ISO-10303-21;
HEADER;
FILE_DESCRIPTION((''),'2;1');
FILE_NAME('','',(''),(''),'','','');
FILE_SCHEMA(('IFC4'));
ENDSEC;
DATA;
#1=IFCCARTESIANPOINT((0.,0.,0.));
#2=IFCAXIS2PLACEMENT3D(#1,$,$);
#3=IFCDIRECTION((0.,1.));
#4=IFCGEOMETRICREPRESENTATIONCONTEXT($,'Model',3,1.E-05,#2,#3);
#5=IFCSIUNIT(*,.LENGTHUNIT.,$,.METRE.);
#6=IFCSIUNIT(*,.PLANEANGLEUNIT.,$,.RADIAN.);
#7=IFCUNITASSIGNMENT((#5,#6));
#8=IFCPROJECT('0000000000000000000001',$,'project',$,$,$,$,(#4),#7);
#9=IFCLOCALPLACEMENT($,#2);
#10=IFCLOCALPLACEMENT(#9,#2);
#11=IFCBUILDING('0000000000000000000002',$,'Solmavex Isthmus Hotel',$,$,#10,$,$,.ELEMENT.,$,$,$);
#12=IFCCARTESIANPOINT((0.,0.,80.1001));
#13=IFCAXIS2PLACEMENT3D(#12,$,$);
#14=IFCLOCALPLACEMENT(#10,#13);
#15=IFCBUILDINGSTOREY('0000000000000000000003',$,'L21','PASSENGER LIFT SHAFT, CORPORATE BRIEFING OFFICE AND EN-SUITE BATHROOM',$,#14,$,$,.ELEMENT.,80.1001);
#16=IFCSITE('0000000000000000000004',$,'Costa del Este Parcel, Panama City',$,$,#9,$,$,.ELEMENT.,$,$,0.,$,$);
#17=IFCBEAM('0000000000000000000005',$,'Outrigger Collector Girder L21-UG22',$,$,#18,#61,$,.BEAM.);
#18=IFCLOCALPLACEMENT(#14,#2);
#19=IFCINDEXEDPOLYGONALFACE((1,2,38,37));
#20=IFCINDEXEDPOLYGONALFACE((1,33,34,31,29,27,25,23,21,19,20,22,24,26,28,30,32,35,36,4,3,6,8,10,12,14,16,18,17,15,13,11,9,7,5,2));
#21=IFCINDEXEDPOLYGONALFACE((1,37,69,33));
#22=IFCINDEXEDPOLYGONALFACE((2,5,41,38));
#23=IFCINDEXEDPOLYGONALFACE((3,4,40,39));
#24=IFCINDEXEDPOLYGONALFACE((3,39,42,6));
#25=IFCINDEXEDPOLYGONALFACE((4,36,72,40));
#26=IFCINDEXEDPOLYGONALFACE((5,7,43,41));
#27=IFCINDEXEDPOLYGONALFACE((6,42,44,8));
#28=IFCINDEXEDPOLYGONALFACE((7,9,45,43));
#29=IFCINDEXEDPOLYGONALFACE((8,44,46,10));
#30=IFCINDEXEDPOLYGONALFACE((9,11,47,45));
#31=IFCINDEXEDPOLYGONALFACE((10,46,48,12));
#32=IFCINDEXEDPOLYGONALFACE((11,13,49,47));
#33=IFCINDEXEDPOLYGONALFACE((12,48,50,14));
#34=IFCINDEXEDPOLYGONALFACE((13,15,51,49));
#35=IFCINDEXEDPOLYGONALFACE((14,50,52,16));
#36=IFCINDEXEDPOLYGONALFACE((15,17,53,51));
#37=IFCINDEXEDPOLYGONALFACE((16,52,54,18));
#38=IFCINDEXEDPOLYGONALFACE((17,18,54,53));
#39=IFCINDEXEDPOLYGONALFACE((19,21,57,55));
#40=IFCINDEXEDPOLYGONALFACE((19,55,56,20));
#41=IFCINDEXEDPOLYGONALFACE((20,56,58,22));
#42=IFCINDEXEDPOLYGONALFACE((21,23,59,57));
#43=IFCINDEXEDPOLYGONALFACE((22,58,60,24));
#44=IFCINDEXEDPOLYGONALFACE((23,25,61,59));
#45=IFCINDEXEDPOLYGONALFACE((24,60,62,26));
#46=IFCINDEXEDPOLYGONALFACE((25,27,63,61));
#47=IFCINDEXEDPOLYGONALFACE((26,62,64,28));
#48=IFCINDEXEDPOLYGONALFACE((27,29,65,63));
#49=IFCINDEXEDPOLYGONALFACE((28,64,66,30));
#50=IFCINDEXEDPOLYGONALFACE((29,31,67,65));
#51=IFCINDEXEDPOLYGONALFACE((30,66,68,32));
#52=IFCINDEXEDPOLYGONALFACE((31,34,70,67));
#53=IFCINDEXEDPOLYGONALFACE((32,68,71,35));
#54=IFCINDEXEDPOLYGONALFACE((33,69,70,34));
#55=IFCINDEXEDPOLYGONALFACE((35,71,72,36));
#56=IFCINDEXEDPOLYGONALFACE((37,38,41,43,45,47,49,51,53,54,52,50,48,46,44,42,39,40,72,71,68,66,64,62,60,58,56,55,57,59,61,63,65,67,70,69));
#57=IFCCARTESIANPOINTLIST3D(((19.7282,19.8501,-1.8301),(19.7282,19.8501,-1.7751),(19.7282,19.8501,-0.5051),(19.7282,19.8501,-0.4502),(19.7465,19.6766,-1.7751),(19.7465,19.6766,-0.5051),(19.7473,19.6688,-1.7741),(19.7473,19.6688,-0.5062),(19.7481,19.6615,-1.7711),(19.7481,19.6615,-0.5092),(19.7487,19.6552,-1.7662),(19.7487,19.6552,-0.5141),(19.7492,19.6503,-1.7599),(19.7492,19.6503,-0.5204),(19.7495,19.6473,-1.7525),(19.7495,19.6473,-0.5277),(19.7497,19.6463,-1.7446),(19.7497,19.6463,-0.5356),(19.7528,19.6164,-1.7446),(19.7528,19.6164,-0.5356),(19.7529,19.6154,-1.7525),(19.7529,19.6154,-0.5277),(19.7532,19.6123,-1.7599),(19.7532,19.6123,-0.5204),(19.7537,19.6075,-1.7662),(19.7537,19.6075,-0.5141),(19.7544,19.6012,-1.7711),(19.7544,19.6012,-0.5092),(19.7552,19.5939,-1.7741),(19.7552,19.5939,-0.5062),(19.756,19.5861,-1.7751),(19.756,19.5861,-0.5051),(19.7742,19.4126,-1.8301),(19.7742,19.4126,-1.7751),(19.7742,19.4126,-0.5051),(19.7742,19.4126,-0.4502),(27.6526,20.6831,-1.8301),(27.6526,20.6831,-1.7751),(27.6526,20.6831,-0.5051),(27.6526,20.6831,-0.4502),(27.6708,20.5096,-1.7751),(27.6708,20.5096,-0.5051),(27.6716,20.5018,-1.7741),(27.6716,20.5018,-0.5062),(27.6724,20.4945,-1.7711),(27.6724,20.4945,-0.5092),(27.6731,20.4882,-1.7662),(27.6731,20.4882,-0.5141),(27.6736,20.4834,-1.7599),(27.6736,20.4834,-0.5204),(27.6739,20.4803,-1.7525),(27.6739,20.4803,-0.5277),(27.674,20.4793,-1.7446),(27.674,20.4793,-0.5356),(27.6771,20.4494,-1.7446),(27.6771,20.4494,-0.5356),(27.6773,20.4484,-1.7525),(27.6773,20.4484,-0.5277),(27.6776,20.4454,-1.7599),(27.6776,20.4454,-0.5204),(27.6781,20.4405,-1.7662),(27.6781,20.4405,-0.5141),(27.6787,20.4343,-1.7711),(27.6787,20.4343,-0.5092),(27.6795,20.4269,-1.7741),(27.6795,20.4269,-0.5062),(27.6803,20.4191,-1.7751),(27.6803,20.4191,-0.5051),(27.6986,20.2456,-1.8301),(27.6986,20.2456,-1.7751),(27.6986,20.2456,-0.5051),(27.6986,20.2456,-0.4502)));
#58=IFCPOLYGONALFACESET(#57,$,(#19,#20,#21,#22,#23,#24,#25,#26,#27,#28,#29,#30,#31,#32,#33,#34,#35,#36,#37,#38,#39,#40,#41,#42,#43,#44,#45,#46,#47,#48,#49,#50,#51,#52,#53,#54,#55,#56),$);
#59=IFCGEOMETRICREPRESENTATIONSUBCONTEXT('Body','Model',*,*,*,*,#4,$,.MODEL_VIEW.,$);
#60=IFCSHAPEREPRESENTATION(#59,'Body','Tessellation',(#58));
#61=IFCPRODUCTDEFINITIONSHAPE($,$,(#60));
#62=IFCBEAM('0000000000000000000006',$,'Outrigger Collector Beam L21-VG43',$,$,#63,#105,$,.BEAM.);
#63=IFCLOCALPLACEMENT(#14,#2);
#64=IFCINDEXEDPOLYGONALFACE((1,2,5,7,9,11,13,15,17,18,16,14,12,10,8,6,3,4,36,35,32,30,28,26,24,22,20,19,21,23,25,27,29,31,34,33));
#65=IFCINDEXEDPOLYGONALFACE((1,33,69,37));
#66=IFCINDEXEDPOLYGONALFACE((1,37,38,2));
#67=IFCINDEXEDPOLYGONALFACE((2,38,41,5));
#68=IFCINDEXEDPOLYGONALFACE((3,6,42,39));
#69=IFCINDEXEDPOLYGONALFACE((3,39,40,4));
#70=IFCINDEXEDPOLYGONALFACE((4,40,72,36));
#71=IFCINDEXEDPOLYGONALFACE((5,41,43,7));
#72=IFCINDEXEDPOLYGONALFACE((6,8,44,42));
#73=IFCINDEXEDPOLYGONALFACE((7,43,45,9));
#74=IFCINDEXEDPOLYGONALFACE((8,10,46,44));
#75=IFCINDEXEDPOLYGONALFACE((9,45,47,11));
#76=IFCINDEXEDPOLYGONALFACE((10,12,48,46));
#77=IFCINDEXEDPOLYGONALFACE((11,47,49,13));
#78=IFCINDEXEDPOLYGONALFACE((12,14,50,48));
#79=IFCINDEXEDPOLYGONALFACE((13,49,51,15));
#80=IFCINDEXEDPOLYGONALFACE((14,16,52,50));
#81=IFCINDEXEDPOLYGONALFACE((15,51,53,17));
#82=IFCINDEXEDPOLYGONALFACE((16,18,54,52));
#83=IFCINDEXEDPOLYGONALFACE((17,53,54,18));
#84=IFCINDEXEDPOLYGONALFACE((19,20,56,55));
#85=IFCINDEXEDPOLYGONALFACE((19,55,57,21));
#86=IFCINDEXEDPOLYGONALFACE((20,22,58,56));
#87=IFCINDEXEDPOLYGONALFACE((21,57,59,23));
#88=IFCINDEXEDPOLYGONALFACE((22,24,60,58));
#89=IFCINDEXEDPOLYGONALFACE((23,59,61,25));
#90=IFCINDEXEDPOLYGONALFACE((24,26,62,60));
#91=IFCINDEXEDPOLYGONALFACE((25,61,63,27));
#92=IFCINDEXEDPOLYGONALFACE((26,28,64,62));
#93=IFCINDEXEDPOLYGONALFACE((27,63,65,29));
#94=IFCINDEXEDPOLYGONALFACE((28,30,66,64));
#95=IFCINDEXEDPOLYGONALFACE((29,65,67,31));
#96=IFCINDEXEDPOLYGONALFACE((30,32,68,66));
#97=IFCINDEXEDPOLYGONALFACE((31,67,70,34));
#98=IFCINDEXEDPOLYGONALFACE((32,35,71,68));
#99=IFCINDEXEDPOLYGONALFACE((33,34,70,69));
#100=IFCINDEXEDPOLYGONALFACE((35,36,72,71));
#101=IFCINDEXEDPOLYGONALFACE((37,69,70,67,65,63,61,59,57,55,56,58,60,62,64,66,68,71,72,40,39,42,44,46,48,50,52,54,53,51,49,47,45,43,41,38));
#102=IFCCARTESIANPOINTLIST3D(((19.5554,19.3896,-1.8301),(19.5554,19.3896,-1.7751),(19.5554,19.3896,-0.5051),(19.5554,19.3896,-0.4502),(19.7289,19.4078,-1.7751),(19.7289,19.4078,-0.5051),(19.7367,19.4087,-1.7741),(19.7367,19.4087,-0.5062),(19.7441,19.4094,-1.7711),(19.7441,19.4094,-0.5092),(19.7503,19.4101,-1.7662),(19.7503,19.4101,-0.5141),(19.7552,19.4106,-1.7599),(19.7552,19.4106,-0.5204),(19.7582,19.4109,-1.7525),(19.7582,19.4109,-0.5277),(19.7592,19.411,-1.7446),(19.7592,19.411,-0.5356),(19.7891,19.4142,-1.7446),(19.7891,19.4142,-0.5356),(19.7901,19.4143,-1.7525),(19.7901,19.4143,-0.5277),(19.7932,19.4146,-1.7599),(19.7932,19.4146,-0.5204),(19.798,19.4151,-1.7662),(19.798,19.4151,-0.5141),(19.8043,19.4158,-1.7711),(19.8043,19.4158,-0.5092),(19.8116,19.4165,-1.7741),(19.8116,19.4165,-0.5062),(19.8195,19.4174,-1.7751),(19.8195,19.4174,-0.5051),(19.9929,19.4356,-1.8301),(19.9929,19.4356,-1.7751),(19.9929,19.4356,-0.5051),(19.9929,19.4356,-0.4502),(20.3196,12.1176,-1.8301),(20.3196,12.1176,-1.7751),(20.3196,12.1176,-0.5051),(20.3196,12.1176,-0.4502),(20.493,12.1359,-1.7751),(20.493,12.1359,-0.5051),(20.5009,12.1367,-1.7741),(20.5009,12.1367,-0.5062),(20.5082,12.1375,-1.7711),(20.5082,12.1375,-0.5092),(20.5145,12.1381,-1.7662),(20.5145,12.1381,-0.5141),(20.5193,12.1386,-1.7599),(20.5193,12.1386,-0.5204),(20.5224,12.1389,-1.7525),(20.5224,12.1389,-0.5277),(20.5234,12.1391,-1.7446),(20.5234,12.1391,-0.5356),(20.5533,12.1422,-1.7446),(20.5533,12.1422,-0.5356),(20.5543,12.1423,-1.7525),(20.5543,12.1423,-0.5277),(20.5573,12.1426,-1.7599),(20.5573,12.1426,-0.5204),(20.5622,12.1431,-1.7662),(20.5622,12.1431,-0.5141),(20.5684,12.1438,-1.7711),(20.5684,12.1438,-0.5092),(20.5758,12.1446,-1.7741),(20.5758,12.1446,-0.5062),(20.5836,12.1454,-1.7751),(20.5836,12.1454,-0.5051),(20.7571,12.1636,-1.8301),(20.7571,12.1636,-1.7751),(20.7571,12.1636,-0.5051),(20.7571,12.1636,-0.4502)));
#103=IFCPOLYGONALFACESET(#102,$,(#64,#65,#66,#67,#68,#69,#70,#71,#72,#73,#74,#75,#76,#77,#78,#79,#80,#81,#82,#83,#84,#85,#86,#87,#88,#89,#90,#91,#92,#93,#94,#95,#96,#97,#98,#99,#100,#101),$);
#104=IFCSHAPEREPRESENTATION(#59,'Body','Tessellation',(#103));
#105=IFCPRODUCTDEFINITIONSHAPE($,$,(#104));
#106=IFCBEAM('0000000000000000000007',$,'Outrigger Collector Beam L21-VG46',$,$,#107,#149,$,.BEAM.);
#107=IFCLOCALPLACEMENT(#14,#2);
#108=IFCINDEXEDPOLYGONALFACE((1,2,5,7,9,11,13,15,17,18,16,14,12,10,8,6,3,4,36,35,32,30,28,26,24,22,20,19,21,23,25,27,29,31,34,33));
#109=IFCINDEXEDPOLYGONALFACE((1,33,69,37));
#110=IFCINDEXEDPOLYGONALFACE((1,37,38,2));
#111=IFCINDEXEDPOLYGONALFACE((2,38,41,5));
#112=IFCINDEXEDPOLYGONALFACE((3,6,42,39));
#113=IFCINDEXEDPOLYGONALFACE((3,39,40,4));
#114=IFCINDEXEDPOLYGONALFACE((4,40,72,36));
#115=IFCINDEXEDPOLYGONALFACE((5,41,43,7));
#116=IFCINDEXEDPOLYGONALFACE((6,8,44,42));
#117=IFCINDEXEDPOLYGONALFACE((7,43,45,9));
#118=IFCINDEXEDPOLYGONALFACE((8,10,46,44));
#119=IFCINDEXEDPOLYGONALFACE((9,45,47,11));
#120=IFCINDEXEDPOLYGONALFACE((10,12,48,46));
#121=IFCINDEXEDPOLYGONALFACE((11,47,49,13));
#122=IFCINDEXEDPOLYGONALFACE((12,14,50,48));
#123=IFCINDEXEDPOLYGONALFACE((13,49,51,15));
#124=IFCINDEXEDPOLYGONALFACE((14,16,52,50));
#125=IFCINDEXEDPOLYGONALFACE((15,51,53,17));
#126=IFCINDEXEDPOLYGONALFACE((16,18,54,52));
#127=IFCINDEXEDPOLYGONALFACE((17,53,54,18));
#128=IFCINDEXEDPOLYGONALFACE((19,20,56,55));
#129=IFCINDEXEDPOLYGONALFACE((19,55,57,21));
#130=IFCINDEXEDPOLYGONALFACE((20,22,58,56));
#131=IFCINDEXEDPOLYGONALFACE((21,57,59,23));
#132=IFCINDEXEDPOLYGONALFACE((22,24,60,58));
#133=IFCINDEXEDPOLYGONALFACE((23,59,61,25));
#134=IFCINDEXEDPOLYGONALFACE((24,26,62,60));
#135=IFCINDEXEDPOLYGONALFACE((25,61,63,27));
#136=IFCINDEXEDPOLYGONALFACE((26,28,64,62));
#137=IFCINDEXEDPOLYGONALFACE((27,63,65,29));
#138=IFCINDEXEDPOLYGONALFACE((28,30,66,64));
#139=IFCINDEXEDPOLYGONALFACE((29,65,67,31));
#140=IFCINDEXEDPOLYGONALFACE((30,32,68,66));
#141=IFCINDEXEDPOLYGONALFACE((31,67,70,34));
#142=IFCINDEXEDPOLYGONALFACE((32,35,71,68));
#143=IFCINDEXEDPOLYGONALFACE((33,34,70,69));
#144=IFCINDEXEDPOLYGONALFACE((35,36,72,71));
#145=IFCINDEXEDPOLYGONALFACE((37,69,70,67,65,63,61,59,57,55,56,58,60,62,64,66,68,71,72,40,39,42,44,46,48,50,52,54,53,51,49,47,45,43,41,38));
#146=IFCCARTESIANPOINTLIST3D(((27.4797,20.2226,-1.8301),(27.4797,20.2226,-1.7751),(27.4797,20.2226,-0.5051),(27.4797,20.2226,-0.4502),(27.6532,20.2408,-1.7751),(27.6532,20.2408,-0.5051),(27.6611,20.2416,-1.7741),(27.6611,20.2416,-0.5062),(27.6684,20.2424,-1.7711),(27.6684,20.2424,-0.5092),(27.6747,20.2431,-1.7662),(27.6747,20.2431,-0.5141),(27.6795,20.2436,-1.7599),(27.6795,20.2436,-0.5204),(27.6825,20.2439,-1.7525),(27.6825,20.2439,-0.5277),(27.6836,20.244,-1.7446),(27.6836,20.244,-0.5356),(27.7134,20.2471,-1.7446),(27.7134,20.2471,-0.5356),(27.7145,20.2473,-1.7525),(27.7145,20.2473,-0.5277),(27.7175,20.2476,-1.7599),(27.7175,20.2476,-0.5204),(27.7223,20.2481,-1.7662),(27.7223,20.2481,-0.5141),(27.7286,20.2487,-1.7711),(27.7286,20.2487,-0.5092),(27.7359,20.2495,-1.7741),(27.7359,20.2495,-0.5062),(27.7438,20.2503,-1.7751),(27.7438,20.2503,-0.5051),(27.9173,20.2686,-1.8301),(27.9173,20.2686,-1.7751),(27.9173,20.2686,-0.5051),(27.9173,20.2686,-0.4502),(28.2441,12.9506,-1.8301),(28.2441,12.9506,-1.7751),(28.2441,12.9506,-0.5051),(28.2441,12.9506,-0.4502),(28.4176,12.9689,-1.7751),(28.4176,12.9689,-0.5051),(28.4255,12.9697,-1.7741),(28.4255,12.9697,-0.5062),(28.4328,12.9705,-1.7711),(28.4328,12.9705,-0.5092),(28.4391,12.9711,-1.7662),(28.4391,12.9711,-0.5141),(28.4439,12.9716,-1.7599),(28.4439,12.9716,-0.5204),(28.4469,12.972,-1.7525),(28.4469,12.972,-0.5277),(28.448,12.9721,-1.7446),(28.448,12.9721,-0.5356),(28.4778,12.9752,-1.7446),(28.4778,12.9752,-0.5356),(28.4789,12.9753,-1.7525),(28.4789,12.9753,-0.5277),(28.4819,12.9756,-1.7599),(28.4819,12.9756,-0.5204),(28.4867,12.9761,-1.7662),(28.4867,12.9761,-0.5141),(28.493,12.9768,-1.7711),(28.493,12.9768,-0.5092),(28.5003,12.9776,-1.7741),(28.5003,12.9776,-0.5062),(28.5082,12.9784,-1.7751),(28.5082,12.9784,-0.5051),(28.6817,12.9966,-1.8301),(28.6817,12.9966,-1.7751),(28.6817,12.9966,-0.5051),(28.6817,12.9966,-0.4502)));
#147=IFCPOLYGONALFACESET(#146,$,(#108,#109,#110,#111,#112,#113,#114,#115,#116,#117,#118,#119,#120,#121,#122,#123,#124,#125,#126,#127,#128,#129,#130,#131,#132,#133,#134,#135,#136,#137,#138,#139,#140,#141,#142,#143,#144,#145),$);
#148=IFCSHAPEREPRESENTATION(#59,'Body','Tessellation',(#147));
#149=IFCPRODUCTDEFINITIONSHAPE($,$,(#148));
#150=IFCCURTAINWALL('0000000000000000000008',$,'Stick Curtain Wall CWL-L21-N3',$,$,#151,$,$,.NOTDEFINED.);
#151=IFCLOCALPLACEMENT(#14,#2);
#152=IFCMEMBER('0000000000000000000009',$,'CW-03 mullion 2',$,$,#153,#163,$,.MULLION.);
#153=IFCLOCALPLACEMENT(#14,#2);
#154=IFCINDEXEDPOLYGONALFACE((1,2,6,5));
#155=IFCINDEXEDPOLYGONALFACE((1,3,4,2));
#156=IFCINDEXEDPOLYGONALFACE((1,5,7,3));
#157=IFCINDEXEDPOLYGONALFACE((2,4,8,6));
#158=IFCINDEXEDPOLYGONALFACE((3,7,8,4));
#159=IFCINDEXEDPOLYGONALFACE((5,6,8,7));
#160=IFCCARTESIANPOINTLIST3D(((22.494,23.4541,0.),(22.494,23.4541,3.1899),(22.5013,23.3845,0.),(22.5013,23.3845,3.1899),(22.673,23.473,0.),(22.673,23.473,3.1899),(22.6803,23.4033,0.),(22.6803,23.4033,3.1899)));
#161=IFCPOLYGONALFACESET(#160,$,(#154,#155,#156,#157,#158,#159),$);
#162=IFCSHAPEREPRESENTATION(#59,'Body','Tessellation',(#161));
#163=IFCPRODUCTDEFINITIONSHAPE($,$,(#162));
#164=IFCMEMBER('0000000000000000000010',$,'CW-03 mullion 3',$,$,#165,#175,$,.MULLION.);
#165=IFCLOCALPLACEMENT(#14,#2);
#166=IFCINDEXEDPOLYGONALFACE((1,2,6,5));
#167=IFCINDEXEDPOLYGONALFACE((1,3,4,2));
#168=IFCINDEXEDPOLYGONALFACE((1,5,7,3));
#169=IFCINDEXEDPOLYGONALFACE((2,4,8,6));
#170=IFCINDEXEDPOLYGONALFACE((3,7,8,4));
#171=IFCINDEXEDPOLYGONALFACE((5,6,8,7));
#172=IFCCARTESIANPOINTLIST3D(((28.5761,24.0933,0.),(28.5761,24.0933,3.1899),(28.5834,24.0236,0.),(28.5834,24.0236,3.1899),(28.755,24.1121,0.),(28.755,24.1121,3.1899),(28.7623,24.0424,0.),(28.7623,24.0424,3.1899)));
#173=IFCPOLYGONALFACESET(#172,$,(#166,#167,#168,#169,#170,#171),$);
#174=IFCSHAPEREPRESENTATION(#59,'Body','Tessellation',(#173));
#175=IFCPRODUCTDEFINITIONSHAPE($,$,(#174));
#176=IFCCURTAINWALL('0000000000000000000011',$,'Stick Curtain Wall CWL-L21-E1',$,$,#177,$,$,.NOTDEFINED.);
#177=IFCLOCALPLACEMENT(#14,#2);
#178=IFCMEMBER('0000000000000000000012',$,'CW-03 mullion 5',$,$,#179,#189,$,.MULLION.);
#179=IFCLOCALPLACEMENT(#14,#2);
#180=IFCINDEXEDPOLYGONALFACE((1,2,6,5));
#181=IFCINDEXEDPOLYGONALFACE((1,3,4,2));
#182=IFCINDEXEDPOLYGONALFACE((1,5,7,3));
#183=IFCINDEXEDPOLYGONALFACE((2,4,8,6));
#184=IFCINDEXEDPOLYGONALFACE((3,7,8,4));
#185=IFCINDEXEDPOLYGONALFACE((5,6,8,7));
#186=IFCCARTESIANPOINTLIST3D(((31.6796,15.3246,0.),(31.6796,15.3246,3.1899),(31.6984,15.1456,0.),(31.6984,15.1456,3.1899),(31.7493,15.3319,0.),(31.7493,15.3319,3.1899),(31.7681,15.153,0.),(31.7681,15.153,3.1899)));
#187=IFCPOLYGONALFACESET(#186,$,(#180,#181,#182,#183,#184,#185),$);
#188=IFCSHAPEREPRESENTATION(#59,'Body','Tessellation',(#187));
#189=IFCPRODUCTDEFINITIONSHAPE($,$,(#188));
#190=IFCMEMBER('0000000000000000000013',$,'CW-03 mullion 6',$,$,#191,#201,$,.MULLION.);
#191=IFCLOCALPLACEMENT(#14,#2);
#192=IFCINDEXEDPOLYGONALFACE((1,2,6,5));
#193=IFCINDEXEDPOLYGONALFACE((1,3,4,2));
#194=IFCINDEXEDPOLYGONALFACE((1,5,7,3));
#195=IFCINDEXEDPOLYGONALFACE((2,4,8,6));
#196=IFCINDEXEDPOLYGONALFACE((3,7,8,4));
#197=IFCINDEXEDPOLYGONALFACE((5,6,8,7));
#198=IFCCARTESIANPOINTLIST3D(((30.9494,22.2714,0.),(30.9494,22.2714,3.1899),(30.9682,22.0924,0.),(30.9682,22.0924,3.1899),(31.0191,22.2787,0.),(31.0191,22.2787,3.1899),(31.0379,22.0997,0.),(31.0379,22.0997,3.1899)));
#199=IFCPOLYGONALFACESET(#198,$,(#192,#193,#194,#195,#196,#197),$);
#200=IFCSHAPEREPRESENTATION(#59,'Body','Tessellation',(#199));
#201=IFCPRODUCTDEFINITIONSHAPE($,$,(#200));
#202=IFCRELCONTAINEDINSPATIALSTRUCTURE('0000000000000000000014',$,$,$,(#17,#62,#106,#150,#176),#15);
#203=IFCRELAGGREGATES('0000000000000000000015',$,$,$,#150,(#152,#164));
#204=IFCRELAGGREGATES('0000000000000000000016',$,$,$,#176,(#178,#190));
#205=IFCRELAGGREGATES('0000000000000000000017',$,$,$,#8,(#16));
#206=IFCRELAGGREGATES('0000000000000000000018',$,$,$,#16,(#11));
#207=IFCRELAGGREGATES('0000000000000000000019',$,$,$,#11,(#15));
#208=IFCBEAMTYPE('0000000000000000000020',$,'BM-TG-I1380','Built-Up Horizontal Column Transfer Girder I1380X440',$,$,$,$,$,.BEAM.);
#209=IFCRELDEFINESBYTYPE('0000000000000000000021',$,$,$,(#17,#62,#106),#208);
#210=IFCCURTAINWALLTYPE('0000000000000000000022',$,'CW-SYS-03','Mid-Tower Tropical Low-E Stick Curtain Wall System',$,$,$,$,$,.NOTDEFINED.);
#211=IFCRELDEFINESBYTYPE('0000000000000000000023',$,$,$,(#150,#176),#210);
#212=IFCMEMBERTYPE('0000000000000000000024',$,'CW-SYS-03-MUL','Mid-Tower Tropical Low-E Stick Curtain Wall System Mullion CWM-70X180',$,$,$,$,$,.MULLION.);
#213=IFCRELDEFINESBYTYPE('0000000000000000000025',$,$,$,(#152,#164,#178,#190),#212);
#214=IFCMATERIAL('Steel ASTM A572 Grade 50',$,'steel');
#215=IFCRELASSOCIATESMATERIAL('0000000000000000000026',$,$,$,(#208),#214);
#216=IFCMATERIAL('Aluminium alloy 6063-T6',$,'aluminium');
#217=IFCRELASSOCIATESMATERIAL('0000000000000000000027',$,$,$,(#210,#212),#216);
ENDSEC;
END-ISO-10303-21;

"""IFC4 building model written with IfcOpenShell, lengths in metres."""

from ifc_helpers import new_model, si_unit, direction, frame, origin, origin_2d, place, context, subcontext, project, spatial, rectangle, i_section, extrude, material, material_profile, profile_set, type_object, element, aggregate, save


model = new_model("IFC4")

# Units and contexts
model_context = context("Model", 3, precision=1e-05, world=origin(), true_north=direction((0.0, 1.0)))
body_context = subcontext(model_context, "Body", "Model", "MODEL_VIEW")
ifc_project = project(units=[si_unit("LENGTHUNIT", "METRE"), si_unit("PLANEANGLEUNIT", "RADIAN")], contexts=[model_context])

# Site, building, storey
site_placement = place(None, origin())
site = spatial("IfcSite", under=ifc_project, at=site_placement, Name="Costa del Este Parcel, Panama City", CompositionType="ELEMENT", RefElevation=0.0)
building_placement = place(site_placement, origin())
building = spatial("IfcBuilding", under=site, at=building_placement, Name="Solmavex Isthmus Hotel", CompositionType="ELEMENT")
storey_placement = place(building_placement, frame((0.0, 0.0, 80.1001)))
storey = spatial("IfcBuildingStorey", under=building, at=storey_placement, Name="L21", Description="PASSENGER LIFT SHAFT, CORPORATE BRIEFING OFFICE AND EN-SUITE BATHROOM", CompositionType="ELEMENT", Elevation=80.1001)

# Beams
ifc_material_1 = material(Name="Steel ASTM A572 Grade 50", Category="steel")
ifc_material_profile_1 = material_profile(ifc_material_1, i_section(OverallWidth=0.4399, OverallDepth=1.3799, WebThickness=0.03, FlangeThickness=0.0549, FilletRadius=0.0305, at=origin_2d()), Name="I1380X440")
ifc_profile_set_1 = profile_set([ifc_material_profile_1], Name="Steel ASTM A572 Grade 50")
beam_type_1 = type_object("IfcBeamType", Name="BM-TG-I1380", Description="Built-Up Horizontal Column Transfer Girder I1380X440", PredefinedType="BEAM", material=ifc_profile_set_1)
beam_1_placement = place(storey_placement, frame((19.7512, 19.6313, -1.1401), z_axis=(0.99452, 0.104544, 0.0), x_axis=(-0.104544, 0.99452, 0.0)))
element("IfcBeam", 1, at=beam_1_placement, inside=storey, type_object=beam_type_1, Name="Outrigger Collector Girder L21-UG22", PredefinedType="BEAM", context=body_context, shape_type="SweptSolid", body=[
    extrude(i_section(OverallWidth=0.4399, OverallDepth=1.3799, WebThickness=0.03, FlangeThickness=0.0549, FilletRadius=0.0305, at=origin_2d()), origin(), (0.0, 0.0, 1.0), 7.968),
])
for number, where, z_axis, x_axis, name in (
    (2, (20.5383, 12.1406, -1.1401), (-0.104508, 0.994524, 0.0), (-0.994524, -0.104508, 0.0), "Outrigger Collector Beam L21-VG43"),
    (3, (28.4629, 12.9736, -1.1401), (-0.104541, 0.994521, 0.0), (-0.994521, -0.104541, 0.0), "Outrigger Collector Beam L21-VG46"),
):
    element("IfcBeam", number, at=place(storey_placement, frame(where, z_axis=z_axis, x_axis=x_axis)), inside=storey, type_object=beam_type_1, Name=name, PredefinedType="BEAM", context=body_context, shape_type="SweptSolid", body=[
        extrude(i_section(OverallWidth=0.4399, OverallDepth=1.3799, WebThickness=0.03, FlangeThickness=0.0549, FilletRadius=0.0305, at=origin_2d()), origin(), (0.0, 0.0, 1.0), 7.312),
    ])

# Curtain walls, members
ifc_material_2 = material(Name="Aluminium alloy 6063-T6", Category="aluminium")
curtain_wall_type = type_object("IfcCurtainWallType", Name="CW-SYS-03", Description="Mid-Tower Tropical Low-E Stick Curtain Wall System", PredefinedType="NOTDEFINED", material=ifc_material_2)
curtain_wall_1_placement = place(storey_placement, origin())
curtain_wall_1 = element("IfcCurtainWall", 4, at=curtain_wall_1_placement, inside=storey, type_object=curtain_wall_type, Name="Stick Curtain Wall CWL-L21-N3", PredefinedType="NOTDEFINED")
ifc_material_profile_2 = material_profile(ifc_material_2, rectangle(XDim=0.0701, YDim=0.1799, at=origin_2d()), Name="CWM-70X180")
ifc_profile_set_2 = profile_set([ifc_material_profile_2], Name="Aluminium alloy 6063-T6")
member_type_1 = type_object("IfcMemberType", Name="CW-SYS-03-MUL", Description="Mid-Tower Tropical Low-E Stick Curtain Wall System Mullion CWM-70X180", PredefinedType="MULLION", material=ifc_profile_set_2)
member_1_placement = place(storey_placement, frame((22.5872, 23.4287, 0.0), z_axis=(0.0, 0.0, 1.0), x_axis=(-0.104528, 0.994522, 0.0)))
member_1 = element("IfcMember", 5, at=member_1_placement, type_object=member_type_1, Name="CW-03 mullion 2", PredefinedType="MULLION", context=body_context, shape_type="SweptSolid", body=[
    extrude(rectangle(XDim=0.0701, YDim=0.1799, at=origin_2d()), origin(), (0.0, 0.0, 1.0), 3.1899),
])
member_2_placement = place(storey_placement, frame((28.6692, 24.0679, 0.0), z_axis=(0.0, 0.0, 1.0), x_axis=(-0.104528, 0.994522, 0.0)))
member_2 = element("IfcMember", 6, at=member_2_placement, type_object=member_type_1, Name="CW-03 mullion 3", PredefinedType="MULLION", context=body_context, shape_type="SweptSolid", body=[
    extrude(rectangle(XDim=0.0701, YDim=0.1799, at=origin_2d()), origin(), (0.0, 0.0, 1.0), 3.1899),
])
curtain_wall_2_placement = place(storey_placement, origin())
curtain_wall_2 = element("IfcCurtainWall", 7, at=curtain_wall_2_placement, inside=storey, type_object=curtain_wall_type, Name="Stick Curtain Wall CWL-L21-E1", PredefinedType="NOTDEFINED")
member_3_placement = place(storey_placement, frame((31.7239, 15.2388, 0.0), z_axis=(0.0, 0.0, 1.0), x_axis=(-0.994522, -0.104528, 0.0)))
member_3 = element("IfcMember", 8, at=member_3_placement, type_object=member_type_1, Name="CW-03 mullion 5", PredefinedType="MULLION", context=body_context, shape_type="SweptSolid", body=[
    extrude(rectangle(XDim=0.0701, YDim=0.1799, at=origin_2d()), origin(), (0.0, 0.0, 1.0), 3.1899),
])
member_4_placement = place(storey_placement, frame((30.9937, 22.1855, 0.0), z_axis=(0.0, 0.0, 1.0), x_axis=(-0.994522, -0.104528, 0.0)))
member_4 = element("IfcMember", 9, at=member_4_placement, type_object=member_type_1, Name="CW-03 mullion 6", PredefinedType="MULLION", context=body_context, shape_type="SweptSolid", body=[
    extrude(rectangle(XDim=0.0701, YDim=0.1799, at=origin_2d()), origin(), (0.0, 0.0, 1.0), 3.1899),
])

aggregate(curtain_wall_1, [member_1, member_2])
aggregate(curtain_wall_2, [member_3, member_4])

save(model, "model.ifc")
